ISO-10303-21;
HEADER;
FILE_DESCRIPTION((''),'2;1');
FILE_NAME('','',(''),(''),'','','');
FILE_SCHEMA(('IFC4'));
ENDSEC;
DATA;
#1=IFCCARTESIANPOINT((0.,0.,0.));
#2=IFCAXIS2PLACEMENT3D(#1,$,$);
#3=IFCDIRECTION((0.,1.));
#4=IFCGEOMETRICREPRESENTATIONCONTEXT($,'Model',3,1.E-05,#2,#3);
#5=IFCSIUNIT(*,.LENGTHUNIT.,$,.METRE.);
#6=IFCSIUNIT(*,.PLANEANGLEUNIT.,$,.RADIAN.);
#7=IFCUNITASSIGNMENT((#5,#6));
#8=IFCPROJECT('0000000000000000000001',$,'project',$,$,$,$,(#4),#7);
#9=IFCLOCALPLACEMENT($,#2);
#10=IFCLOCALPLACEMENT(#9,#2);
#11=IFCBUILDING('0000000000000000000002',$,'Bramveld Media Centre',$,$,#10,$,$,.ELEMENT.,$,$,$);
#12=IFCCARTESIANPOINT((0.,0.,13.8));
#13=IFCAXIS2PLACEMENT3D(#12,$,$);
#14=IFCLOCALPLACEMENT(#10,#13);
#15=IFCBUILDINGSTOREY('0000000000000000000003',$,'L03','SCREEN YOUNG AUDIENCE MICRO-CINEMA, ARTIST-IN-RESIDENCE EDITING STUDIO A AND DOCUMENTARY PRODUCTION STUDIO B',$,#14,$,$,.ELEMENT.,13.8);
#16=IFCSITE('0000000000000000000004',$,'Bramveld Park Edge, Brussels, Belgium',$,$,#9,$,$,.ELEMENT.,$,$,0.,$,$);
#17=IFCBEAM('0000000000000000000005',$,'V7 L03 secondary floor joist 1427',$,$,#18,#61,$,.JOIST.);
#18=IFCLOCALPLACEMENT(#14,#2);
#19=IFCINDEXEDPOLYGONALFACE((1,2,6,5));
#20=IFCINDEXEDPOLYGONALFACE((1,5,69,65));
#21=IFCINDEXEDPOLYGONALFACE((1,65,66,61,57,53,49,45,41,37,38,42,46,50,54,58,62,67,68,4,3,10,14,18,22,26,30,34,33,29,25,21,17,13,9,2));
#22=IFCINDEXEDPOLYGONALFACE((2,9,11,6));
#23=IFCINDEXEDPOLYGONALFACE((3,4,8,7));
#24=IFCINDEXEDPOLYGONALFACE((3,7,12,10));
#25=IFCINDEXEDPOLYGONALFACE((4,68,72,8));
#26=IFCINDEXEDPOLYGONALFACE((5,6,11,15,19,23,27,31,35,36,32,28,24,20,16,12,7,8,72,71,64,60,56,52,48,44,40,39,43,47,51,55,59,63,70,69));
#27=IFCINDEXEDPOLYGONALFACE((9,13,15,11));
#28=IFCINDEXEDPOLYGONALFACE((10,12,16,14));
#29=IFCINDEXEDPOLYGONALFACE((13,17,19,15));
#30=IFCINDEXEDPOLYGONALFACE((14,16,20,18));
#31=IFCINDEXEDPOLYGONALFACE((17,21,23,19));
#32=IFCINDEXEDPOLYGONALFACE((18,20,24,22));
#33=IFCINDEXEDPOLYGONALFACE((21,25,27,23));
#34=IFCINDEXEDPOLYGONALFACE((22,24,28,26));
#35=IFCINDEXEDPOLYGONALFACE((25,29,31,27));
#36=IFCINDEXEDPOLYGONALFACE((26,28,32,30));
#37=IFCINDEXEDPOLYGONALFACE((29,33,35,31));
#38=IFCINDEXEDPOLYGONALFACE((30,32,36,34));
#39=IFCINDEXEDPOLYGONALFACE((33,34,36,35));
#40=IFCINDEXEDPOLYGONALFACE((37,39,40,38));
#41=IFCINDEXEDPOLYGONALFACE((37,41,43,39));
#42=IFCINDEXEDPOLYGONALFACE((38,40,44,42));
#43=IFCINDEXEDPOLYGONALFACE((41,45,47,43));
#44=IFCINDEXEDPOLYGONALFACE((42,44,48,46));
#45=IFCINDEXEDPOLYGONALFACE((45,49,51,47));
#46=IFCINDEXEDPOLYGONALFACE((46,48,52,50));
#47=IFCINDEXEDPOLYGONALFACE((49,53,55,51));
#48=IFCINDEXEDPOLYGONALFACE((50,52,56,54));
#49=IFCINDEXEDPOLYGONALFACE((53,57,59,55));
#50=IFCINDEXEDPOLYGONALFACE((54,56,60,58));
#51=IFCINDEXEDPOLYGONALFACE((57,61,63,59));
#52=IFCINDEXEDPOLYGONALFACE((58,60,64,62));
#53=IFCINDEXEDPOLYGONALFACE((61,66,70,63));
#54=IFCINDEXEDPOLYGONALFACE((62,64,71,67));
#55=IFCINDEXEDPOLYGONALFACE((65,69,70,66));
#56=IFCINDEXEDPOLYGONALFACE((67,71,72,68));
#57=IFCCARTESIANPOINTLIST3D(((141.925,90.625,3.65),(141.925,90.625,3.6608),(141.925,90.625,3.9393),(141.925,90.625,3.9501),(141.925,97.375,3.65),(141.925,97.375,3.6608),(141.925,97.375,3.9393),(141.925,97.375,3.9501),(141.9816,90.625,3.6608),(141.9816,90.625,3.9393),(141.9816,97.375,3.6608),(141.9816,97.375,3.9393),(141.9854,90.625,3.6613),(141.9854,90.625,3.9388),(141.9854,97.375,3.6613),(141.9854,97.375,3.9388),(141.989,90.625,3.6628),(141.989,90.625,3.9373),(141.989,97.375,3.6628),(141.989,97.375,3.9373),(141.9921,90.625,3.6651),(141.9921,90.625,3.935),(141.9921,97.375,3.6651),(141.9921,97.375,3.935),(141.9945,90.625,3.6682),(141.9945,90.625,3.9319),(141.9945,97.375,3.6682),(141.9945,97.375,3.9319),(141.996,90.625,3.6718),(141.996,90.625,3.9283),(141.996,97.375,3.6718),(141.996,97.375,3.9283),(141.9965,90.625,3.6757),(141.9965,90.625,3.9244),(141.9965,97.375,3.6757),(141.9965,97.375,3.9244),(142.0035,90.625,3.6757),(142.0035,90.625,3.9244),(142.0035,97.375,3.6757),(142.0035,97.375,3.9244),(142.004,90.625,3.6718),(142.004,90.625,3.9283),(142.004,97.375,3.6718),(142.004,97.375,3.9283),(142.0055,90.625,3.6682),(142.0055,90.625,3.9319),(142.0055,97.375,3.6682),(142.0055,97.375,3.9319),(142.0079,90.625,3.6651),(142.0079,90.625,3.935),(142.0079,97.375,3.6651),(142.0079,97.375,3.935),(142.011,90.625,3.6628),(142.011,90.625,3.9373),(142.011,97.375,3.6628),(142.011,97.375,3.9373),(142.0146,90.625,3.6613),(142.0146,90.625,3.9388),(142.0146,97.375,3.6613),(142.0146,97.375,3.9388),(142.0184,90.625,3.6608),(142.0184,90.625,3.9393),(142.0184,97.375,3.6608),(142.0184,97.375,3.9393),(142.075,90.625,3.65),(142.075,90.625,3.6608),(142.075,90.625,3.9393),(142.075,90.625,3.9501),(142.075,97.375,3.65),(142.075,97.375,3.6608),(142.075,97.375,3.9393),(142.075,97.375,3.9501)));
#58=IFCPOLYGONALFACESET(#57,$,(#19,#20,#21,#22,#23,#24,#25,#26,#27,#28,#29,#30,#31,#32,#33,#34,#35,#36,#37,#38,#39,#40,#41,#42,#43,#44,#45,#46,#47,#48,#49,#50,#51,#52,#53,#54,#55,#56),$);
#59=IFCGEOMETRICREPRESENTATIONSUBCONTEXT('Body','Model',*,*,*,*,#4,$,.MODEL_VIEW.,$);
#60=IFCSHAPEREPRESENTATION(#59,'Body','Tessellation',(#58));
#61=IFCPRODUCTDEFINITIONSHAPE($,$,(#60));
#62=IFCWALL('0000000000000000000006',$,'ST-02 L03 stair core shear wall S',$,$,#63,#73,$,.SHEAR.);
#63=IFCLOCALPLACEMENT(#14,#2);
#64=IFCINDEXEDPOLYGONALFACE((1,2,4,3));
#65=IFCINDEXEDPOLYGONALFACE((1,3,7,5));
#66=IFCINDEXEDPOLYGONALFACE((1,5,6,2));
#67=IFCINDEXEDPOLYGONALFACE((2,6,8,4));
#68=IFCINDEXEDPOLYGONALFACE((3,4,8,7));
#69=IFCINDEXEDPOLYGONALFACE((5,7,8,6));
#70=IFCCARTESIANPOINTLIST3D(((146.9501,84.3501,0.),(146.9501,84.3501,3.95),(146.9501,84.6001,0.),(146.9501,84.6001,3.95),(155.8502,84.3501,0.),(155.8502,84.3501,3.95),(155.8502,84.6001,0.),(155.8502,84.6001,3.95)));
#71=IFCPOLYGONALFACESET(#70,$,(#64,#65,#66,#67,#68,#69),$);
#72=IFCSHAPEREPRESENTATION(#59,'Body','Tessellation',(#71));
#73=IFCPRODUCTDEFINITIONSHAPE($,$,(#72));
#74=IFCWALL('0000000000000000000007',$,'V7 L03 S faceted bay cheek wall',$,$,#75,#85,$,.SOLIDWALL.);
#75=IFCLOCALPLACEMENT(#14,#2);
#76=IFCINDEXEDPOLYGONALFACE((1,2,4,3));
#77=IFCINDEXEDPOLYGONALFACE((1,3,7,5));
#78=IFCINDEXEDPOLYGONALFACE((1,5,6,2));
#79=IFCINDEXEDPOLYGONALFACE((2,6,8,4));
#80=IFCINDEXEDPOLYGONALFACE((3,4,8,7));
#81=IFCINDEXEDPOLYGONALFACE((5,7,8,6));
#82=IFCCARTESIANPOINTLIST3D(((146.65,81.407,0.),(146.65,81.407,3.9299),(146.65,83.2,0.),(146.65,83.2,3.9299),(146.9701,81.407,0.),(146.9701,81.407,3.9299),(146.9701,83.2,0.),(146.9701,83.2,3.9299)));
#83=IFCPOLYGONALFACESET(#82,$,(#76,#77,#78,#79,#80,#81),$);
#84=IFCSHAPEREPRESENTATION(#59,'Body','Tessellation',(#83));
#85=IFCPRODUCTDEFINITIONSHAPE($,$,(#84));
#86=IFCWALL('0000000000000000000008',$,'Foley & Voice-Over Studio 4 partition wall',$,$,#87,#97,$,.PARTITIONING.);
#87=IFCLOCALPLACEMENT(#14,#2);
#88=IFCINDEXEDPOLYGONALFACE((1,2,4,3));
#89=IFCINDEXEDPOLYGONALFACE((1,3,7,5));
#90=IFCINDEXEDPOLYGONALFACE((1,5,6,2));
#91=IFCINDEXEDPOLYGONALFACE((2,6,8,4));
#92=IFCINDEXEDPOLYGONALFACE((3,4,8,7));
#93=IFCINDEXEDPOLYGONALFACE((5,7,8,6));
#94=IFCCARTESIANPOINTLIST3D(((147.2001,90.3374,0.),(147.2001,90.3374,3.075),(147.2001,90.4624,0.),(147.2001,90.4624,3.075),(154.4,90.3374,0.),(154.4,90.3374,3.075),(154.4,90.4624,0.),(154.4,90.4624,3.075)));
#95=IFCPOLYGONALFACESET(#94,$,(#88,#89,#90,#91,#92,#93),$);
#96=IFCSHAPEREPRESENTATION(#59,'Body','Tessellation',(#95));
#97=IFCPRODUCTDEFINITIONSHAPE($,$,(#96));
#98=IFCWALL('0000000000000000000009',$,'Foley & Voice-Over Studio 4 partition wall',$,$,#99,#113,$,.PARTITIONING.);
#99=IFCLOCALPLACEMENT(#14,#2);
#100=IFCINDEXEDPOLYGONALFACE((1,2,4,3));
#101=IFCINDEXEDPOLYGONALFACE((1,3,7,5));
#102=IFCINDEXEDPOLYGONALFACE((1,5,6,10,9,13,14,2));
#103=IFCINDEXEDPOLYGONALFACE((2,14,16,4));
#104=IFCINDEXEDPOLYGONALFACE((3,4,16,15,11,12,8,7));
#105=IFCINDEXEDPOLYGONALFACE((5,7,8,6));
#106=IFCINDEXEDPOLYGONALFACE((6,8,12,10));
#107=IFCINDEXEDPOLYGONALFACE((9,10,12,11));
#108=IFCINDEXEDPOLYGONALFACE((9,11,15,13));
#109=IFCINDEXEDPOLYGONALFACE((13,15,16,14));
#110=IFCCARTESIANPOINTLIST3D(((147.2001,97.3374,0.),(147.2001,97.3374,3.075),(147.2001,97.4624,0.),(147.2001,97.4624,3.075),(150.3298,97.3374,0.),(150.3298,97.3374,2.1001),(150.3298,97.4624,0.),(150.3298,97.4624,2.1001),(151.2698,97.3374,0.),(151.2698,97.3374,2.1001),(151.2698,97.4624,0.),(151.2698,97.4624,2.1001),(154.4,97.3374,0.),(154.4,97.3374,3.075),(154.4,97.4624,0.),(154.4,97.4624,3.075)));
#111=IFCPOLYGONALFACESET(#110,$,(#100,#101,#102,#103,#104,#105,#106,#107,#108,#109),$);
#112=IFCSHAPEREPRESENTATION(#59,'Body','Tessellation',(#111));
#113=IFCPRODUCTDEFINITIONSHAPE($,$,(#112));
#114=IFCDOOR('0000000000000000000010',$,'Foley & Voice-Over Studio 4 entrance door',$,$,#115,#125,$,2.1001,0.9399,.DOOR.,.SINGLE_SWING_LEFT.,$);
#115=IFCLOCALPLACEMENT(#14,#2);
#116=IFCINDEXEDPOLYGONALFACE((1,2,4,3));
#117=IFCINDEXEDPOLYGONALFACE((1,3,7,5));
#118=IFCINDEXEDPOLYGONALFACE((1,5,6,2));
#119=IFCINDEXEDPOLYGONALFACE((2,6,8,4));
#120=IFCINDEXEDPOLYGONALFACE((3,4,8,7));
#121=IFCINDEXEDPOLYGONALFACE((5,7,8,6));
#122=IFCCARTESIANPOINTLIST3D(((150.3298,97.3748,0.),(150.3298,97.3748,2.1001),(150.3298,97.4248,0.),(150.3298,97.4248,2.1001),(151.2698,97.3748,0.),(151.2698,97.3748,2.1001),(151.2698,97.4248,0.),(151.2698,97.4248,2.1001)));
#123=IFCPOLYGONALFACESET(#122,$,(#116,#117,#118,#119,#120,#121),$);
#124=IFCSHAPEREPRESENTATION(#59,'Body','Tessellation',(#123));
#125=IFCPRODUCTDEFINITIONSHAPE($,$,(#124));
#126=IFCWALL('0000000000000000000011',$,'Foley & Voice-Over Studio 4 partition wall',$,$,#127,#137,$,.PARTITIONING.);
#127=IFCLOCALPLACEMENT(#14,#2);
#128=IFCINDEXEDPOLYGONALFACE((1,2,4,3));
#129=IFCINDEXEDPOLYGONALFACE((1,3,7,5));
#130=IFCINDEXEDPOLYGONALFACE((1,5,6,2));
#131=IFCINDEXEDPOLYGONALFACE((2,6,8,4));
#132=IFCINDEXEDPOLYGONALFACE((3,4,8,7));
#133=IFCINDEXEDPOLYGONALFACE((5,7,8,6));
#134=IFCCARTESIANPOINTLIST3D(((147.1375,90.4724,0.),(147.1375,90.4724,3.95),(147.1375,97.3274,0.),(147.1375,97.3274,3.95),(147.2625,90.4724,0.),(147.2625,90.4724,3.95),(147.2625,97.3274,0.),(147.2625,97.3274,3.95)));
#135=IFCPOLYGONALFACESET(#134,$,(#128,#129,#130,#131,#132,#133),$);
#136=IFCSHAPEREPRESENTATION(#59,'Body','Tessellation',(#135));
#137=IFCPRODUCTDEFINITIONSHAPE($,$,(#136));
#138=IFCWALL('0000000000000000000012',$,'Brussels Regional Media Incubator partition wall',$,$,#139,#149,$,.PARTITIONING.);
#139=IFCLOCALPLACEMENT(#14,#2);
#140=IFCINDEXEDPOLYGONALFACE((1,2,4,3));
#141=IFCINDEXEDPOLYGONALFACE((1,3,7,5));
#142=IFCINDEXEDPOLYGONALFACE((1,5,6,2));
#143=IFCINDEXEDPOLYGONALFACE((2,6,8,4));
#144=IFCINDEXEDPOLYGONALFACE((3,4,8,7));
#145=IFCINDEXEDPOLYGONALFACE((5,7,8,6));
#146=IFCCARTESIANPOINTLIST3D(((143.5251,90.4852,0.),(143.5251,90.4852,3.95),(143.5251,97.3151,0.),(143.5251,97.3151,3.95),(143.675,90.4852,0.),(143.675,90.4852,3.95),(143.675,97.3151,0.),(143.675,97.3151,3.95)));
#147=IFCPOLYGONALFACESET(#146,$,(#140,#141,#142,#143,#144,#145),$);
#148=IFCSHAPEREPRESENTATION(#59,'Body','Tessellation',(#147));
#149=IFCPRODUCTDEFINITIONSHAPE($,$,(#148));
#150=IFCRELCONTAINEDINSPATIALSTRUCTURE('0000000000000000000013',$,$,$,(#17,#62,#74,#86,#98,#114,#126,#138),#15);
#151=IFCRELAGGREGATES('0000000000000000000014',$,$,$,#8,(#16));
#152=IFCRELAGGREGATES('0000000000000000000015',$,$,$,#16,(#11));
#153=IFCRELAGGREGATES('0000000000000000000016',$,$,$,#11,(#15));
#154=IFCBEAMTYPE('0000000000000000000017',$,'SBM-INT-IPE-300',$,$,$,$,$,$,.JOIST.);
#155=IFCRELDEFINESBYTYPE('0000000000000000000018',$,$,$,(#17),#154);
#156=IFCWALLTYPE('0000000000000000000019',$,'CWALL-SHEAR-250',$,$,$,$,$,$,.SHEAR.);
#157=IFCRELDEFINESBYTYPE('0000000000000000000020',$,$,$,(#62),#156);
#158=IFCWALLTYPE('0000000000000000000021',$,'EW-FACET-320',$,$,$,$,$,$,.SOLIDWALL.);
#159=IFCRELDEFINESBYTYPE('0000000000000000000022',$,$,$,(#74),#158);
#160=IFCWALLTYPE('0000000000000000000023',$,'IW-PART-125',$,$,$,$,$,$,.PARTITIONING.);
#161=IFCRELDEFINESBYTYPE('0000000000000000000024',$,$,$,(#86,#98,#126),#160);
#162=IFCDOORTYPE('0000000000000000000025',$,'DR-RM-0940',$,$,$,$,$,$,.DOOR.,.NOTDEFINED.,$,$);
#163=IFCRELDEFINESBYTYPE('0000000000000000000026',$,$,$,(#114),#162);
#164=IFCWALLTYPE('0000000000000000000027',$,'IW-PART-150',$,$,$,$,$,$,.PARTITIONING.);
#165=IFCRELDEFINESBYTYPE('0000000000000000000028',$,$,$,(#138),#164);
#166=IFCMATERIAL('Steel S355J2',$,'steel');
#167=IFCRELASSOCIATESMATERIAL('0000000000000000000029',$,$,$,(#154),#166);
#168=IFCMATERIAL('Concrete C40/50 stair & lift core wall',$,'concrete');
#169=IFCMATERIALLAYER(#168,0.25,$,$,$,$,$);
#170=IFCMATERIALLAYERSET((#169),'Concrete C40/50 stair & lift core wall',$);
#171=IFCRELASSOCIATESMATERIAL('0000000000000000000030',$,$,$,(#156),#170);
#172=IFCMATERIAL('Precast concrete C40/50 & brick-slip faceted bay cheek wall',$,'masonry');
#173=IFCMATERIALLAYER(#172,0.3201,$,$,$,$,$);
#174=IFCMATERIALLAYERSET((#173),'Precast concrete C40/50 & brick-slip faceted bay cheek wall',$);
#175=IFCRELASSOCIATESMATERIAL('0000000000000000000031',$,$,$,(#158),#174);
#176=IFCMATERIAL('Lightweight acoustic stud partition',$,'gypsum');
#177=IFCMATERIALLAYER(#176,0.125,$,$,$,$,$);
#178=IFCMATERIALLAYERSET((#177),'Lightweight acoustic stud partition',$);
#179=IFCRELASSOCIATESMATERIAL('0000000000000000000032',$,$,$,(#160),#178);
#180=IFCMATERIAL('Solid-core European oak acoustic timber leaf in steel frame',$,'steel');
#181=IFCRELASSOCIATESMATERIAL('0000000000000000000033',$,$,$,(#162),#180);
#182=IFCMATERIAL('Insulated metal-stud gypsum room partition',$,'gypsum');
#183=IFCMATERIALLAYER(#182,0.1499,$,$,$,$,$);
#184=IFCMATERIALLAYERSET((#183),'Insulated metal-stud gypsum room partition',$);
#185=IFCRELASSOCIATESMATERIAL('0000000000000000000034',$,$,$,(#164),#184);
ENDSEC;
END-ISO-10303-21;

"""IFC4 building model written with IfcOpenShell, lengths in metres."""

from ifc_helpers import new_model, si_unit, direction, frame, frame_2d, origin, origin_2d, place, context, subcontext, project, spatial, rectangle, i_section, extrude, material, layer, layer_set, material_profile, profile_set, type_object, element, fill, save


model = new_model("IFC4")

# Units and contexts
model_context = context("Model", 3, precision=1e-05, world=origin(), true_north=direction((0.0, 1.0)))
body_context = subcontext(model_context, "Body", "Model", "MODEL_VIEW")
ifc_project = project(units=[si_unit("LENGTHUNIT", "METRE"), si_unit("PLANEANGLEUNIT", "RADIAN")], contexts=[model_context])

# Site, building, storey
site_placement = place(None, origin())
site = spatial("IfcSite", under=ifc_project, at=site_placement, Name="Bramveld Park Edge, Brussels, Belgium", CompositionType="ELEMENT", RefElevation=0.0)
building_placement = place(site_placement, origin())
building = spatial("IfcBuilding", under=site, at=building_placement, Name="Bramveld Media Centre", CompositionType="ELEMENT")
storey_placement = place(building_placement, frame((0.0, 0.0, 13.8)))
storey = spatial("IfcBuildingStorey", under=building, at=storey_placement, Name="L03", Description="SCREEN YOUNG AUDIENCE MICRO-CINEMA, ARTIST-IN-RESIDENCE EDITING STUDIO A AND DOCUMENTARY PRODUCTION STUDIO B", CompositionType="ELEMENT", Elevation=13.8)

# Beam
ifc_material_1 = material(Name="Steel S355J2", Category="steel")
ifc_material_profile_1 = material_profile(ifc_material_1, i_section(OverallWidth=0.1499, OverallDepth=0.3, WebThickness=0.0071, FlangeThickness=0.0107, FilletRadius=0.0149, at=origin_2d()), Name="IPE 300")
ifc_profile_set_1 = profile_set([ifc_material_profile_1], Name="Steel S355J2")
beam_type_1 = type_object("IfcBeamType", Name="SBM-INT-IPE-300", PredefinedType="JOIST", material=ifc_profile_set_1)
beam_1_placement = place(storey_placement, frame((142.0, 90.625, 3.8), z_axis=(0.0, 1.0, 0.0), x_axis=(-1.0, 0.0, 0.0)))
element("IfcBeam", 1, at=beam_1_placement, inside=storey, type_object=beam_type_1, Name="V7 L03 secondary floor joist 1427", PredefinedType="JOIST", context=body_context, shape_type="SweptSolid", body=[
    extrude(i_section(OverallWidth=0.1499, OverallDepth=0.3, WebThickness=0.0071, FlangeThickness=0.0107, FilletRadius=0.0149, at=origin_2d()), origin(), (0.0, 0.0, 1.0), 6.75),
])

# Wall
ifc_material_2 = material(Name="Concrete C40/50 stair & lift core wall", Category="concrete")
ifc_layer_1 = layer(ifc_material_2, 0.25)
ifc_layer_set_1 = layer_set([ifc_layer_1], Name="Concrete C40/50 stair & lift core wall")
wall_type_1 = type_object("IfcWallType", Name="CWALL-SHEAR-250", PredefinedType="SHEAR", material=ifc_layer_set_1)
wall_1_placement = place(storey_placement, frame((146.95, 84.4751, 0.0), z_axis=(0.0, 0.0, 1.0), x_axis=(1.0, 0.0, 0.0)))
element("IfcWall", 2, at=wall_1_placement, inside=storey, type_object=wall_type_1, Name="ST-02 L03 stair core shear wall S", PredefinedType="SHEAR", context=body_context, shape_type="SweptSolid", body=[
    extrude(rectangle(XDim=8.9001, YDim=0.25, at=frame_2d((4.4502, 0.0))), origin(), (0.0, 0.0, 1.0), 3.95),
])

# Walls
ifc_material_3 = material(Name="Precast concrete C40/50 & brick-slip faceted bay cheek wall", Category="masonry")
ifc_layer_2 = layer(ifc_material_3, 0.3201)
ifc_layer_set_2 = layer_set([ifc_layer_2], Name="Precast concrete C40/50 & brick-slip faceted bay cheek wall")
wall_type_2 = type_object("IfcWallType", Name="EW-FACET-320", PredefinedType="SOLIDWALL", material=ifc_layer_set_2)
wall_2_placement = place(storey_placement, frame((146.8101, 83.2, 0.0), z_axis=(0.0, 0.0, 1.0), x_axis=(0.0, -1.0, 0.0)))
element("IfcWall", 3, at=wall_2_placement, inside=storey, type_object=wall_type_2, Name="V7 L03 S faceted bay cheek wall", PredefinedType="SOLIDWALL", context=body_context, shape_type="SweptSolid", body=[
    extrude(rectangle(XDim=1.793, YDim=0.3201, at=frame_2d((0.8965, 0.0))), origin(), (0.0, 0.0, 1.0), 3.9299),
])
ifc_material_4 = material(Name="Lightweight acoustic stud partition", Category="gypsum")
ifc_layer_3 = layer(ifc_material_4, 0.125)
ifc_layer_set_3 = layer_set([ifc_layer_3], Name="Lightweight acoustic stud partition")
wall_type_3 = type_object("IfcWallType", Name="IW-PART-125", PredefinedType="PARTITIONING", material=ifc_layer_set_3)
wall_3_placement = place(storey_placement, frame((147.2, 90.3999, 0.0), z_axis=(0.0, 0.0, 1.0), x_axis=(1.0, 0.0, 0.0)))
element("IfcWall", 4, at=wall_3_placement, inside=storey, type_object=wall_type_3, Name="Foley & Voice-Over Studio 4 partition wall", PredefinedType="PARTITIONING", context=body_context, shape_type="SweptSolid", body=[
    extrude(rectangle(XDim=7.2, YDim=0.125, at=frame_2d((3.6001, 0.0))), origin(), (0.0, 0.0, 1.0), 3.075),
])

# Wall, opening, door
wall_4_placement = place(storey_placement, frame((147.2, 97.3999, 0.0), z_axis=(0.0, 0.0, 1.0), x_axis=(1.0, 0.0, 0.0)))
wall_4 = element("IfcWall", 5, at=wall_4_placement, inside=storey, type_object=wall_type_3, Name="Foley & Voice-Over Studio 4 partition wall", PredefinedType="PARTITIONING", context=body_context, shape_type="SweptSolid", body=[
    extrude(rectangle(XDim=7.2, YDim=0.125, at=frame_2d((3.6001, 0.0))), origin(), (0.0, 0.0, 1.0), 3.075),
])
opening_1_placement = place(wall_4_placement, frame((3.1299, 0.0, 0.0)))
opening_1 = element("IfcOpeningElement", 6, at=opening_1_placement, cuts=wall_4, PredefinedType="OPENING", context=body_context, shape_type="SweptSolid", body=[
    extrude(rectangle(XDim=0.9399, YDim=2.1001, at=frame_2d((0.47, 1.05))), frame((0.0, 0.0745, 0.0), z_axis=(0.0, -1.0, 0.0), x_axis=(1.0, 0.0, 0.0)), (0.0, 0.0, 1.0), 0.1489),
])
ifc_material_5 = material(Name="Solid-core European oak acoustic timber leaf in steel frame", Category="steel")
door_type_1 = type_object("IfcDoorType", Name="DR-RM-0940", OperationType="NOTDEFINED", PredefinedType="DOOR", material=ifc_material_5)
door_1_placement = place(opening_1_placement, origin())
door_1 = element("IfcDoor", 7, at=door_1_placement, inside=storey, type_object=door_type_1, Name="Foley & Voice-Over Studio 4 entrance door", OperationType="SINGLE_SWING_LEFT", OverallHeight=2.1001, OverallWidth=0.9399, PredefinedType="DOOR", context=body_context, shape_type="SweptSolid", body=[
    extrude(rectangle(XDim=0.9399, YDim=2.1001, at=frame_2d((0.47, 1.05))), frame((0.0, 0.0249, 0.0), z_axis=(0.0, -1.0, 0.0), x_axis=(1.0, 0.0, 0.0)), (0.0, 0.0, 1.0), 0.05),
])
fill(opening_1, door_1)

# Walls
wall_5_placement = place(storey_placement, frame((147.2, 90.4724, 0.0), z_axis=(0.0, 0.0, 1.0), x_axis=(0.0, 1.0, 0.0)))
element("IfcWall", 8, at=wall_5_placement, inside=storey, type_object=wall_type_3, Name="Foley & Voice-Over Studio 4 partition wall", PredefinedType="PARTITIONING", context=body_context, shape_type="SweptSolid", body=[
    extrude(rectangle(XDim=6.855, YDim=0.125, at=frame_2d((3.4275, 0.0))), origin(), (0.0, 0.0, 1.0), 3.95),
])
ifc_material_6 = material(Name="Insulated metal-stud gypsum room partition", Category="gypsum")
ifc_layer_4 = layer(ifc_material_6, 0.1499)
ifc_layer_set_4 = layer_set([ifc_layer_4], Name="Insulated metal-stud gypsum room partition")
wall_type_4 = type_object("IfcWallType", Name="IW-PART-150", PredefinedType="PARTITIONING", material=ifc_layer_set_4)
wall_6_placement = place(storey_placement, frame((143.6001, 90.4851, 0.0), z_axis=(0.0, 0.0, 1.0), x_axis=(0.0, 1.0, 0.0)))
element("IfcWall", 9, at=wall_6_placement, inside=storey, type_object=wall_type_4, Name="Brussels Regional Media Incubator partition wall", PredefinedType="PARTITIONING", context=body_context, shape_type="SweptSolid", body=[
    extrude(rectangle(XDim=6.8298, YDim=0.1499, at=frame_2d((3.415, 0.0))), origin(), (0.0, 0.0, 1.0), 3.95),
])

save(model, "model.ifc")
